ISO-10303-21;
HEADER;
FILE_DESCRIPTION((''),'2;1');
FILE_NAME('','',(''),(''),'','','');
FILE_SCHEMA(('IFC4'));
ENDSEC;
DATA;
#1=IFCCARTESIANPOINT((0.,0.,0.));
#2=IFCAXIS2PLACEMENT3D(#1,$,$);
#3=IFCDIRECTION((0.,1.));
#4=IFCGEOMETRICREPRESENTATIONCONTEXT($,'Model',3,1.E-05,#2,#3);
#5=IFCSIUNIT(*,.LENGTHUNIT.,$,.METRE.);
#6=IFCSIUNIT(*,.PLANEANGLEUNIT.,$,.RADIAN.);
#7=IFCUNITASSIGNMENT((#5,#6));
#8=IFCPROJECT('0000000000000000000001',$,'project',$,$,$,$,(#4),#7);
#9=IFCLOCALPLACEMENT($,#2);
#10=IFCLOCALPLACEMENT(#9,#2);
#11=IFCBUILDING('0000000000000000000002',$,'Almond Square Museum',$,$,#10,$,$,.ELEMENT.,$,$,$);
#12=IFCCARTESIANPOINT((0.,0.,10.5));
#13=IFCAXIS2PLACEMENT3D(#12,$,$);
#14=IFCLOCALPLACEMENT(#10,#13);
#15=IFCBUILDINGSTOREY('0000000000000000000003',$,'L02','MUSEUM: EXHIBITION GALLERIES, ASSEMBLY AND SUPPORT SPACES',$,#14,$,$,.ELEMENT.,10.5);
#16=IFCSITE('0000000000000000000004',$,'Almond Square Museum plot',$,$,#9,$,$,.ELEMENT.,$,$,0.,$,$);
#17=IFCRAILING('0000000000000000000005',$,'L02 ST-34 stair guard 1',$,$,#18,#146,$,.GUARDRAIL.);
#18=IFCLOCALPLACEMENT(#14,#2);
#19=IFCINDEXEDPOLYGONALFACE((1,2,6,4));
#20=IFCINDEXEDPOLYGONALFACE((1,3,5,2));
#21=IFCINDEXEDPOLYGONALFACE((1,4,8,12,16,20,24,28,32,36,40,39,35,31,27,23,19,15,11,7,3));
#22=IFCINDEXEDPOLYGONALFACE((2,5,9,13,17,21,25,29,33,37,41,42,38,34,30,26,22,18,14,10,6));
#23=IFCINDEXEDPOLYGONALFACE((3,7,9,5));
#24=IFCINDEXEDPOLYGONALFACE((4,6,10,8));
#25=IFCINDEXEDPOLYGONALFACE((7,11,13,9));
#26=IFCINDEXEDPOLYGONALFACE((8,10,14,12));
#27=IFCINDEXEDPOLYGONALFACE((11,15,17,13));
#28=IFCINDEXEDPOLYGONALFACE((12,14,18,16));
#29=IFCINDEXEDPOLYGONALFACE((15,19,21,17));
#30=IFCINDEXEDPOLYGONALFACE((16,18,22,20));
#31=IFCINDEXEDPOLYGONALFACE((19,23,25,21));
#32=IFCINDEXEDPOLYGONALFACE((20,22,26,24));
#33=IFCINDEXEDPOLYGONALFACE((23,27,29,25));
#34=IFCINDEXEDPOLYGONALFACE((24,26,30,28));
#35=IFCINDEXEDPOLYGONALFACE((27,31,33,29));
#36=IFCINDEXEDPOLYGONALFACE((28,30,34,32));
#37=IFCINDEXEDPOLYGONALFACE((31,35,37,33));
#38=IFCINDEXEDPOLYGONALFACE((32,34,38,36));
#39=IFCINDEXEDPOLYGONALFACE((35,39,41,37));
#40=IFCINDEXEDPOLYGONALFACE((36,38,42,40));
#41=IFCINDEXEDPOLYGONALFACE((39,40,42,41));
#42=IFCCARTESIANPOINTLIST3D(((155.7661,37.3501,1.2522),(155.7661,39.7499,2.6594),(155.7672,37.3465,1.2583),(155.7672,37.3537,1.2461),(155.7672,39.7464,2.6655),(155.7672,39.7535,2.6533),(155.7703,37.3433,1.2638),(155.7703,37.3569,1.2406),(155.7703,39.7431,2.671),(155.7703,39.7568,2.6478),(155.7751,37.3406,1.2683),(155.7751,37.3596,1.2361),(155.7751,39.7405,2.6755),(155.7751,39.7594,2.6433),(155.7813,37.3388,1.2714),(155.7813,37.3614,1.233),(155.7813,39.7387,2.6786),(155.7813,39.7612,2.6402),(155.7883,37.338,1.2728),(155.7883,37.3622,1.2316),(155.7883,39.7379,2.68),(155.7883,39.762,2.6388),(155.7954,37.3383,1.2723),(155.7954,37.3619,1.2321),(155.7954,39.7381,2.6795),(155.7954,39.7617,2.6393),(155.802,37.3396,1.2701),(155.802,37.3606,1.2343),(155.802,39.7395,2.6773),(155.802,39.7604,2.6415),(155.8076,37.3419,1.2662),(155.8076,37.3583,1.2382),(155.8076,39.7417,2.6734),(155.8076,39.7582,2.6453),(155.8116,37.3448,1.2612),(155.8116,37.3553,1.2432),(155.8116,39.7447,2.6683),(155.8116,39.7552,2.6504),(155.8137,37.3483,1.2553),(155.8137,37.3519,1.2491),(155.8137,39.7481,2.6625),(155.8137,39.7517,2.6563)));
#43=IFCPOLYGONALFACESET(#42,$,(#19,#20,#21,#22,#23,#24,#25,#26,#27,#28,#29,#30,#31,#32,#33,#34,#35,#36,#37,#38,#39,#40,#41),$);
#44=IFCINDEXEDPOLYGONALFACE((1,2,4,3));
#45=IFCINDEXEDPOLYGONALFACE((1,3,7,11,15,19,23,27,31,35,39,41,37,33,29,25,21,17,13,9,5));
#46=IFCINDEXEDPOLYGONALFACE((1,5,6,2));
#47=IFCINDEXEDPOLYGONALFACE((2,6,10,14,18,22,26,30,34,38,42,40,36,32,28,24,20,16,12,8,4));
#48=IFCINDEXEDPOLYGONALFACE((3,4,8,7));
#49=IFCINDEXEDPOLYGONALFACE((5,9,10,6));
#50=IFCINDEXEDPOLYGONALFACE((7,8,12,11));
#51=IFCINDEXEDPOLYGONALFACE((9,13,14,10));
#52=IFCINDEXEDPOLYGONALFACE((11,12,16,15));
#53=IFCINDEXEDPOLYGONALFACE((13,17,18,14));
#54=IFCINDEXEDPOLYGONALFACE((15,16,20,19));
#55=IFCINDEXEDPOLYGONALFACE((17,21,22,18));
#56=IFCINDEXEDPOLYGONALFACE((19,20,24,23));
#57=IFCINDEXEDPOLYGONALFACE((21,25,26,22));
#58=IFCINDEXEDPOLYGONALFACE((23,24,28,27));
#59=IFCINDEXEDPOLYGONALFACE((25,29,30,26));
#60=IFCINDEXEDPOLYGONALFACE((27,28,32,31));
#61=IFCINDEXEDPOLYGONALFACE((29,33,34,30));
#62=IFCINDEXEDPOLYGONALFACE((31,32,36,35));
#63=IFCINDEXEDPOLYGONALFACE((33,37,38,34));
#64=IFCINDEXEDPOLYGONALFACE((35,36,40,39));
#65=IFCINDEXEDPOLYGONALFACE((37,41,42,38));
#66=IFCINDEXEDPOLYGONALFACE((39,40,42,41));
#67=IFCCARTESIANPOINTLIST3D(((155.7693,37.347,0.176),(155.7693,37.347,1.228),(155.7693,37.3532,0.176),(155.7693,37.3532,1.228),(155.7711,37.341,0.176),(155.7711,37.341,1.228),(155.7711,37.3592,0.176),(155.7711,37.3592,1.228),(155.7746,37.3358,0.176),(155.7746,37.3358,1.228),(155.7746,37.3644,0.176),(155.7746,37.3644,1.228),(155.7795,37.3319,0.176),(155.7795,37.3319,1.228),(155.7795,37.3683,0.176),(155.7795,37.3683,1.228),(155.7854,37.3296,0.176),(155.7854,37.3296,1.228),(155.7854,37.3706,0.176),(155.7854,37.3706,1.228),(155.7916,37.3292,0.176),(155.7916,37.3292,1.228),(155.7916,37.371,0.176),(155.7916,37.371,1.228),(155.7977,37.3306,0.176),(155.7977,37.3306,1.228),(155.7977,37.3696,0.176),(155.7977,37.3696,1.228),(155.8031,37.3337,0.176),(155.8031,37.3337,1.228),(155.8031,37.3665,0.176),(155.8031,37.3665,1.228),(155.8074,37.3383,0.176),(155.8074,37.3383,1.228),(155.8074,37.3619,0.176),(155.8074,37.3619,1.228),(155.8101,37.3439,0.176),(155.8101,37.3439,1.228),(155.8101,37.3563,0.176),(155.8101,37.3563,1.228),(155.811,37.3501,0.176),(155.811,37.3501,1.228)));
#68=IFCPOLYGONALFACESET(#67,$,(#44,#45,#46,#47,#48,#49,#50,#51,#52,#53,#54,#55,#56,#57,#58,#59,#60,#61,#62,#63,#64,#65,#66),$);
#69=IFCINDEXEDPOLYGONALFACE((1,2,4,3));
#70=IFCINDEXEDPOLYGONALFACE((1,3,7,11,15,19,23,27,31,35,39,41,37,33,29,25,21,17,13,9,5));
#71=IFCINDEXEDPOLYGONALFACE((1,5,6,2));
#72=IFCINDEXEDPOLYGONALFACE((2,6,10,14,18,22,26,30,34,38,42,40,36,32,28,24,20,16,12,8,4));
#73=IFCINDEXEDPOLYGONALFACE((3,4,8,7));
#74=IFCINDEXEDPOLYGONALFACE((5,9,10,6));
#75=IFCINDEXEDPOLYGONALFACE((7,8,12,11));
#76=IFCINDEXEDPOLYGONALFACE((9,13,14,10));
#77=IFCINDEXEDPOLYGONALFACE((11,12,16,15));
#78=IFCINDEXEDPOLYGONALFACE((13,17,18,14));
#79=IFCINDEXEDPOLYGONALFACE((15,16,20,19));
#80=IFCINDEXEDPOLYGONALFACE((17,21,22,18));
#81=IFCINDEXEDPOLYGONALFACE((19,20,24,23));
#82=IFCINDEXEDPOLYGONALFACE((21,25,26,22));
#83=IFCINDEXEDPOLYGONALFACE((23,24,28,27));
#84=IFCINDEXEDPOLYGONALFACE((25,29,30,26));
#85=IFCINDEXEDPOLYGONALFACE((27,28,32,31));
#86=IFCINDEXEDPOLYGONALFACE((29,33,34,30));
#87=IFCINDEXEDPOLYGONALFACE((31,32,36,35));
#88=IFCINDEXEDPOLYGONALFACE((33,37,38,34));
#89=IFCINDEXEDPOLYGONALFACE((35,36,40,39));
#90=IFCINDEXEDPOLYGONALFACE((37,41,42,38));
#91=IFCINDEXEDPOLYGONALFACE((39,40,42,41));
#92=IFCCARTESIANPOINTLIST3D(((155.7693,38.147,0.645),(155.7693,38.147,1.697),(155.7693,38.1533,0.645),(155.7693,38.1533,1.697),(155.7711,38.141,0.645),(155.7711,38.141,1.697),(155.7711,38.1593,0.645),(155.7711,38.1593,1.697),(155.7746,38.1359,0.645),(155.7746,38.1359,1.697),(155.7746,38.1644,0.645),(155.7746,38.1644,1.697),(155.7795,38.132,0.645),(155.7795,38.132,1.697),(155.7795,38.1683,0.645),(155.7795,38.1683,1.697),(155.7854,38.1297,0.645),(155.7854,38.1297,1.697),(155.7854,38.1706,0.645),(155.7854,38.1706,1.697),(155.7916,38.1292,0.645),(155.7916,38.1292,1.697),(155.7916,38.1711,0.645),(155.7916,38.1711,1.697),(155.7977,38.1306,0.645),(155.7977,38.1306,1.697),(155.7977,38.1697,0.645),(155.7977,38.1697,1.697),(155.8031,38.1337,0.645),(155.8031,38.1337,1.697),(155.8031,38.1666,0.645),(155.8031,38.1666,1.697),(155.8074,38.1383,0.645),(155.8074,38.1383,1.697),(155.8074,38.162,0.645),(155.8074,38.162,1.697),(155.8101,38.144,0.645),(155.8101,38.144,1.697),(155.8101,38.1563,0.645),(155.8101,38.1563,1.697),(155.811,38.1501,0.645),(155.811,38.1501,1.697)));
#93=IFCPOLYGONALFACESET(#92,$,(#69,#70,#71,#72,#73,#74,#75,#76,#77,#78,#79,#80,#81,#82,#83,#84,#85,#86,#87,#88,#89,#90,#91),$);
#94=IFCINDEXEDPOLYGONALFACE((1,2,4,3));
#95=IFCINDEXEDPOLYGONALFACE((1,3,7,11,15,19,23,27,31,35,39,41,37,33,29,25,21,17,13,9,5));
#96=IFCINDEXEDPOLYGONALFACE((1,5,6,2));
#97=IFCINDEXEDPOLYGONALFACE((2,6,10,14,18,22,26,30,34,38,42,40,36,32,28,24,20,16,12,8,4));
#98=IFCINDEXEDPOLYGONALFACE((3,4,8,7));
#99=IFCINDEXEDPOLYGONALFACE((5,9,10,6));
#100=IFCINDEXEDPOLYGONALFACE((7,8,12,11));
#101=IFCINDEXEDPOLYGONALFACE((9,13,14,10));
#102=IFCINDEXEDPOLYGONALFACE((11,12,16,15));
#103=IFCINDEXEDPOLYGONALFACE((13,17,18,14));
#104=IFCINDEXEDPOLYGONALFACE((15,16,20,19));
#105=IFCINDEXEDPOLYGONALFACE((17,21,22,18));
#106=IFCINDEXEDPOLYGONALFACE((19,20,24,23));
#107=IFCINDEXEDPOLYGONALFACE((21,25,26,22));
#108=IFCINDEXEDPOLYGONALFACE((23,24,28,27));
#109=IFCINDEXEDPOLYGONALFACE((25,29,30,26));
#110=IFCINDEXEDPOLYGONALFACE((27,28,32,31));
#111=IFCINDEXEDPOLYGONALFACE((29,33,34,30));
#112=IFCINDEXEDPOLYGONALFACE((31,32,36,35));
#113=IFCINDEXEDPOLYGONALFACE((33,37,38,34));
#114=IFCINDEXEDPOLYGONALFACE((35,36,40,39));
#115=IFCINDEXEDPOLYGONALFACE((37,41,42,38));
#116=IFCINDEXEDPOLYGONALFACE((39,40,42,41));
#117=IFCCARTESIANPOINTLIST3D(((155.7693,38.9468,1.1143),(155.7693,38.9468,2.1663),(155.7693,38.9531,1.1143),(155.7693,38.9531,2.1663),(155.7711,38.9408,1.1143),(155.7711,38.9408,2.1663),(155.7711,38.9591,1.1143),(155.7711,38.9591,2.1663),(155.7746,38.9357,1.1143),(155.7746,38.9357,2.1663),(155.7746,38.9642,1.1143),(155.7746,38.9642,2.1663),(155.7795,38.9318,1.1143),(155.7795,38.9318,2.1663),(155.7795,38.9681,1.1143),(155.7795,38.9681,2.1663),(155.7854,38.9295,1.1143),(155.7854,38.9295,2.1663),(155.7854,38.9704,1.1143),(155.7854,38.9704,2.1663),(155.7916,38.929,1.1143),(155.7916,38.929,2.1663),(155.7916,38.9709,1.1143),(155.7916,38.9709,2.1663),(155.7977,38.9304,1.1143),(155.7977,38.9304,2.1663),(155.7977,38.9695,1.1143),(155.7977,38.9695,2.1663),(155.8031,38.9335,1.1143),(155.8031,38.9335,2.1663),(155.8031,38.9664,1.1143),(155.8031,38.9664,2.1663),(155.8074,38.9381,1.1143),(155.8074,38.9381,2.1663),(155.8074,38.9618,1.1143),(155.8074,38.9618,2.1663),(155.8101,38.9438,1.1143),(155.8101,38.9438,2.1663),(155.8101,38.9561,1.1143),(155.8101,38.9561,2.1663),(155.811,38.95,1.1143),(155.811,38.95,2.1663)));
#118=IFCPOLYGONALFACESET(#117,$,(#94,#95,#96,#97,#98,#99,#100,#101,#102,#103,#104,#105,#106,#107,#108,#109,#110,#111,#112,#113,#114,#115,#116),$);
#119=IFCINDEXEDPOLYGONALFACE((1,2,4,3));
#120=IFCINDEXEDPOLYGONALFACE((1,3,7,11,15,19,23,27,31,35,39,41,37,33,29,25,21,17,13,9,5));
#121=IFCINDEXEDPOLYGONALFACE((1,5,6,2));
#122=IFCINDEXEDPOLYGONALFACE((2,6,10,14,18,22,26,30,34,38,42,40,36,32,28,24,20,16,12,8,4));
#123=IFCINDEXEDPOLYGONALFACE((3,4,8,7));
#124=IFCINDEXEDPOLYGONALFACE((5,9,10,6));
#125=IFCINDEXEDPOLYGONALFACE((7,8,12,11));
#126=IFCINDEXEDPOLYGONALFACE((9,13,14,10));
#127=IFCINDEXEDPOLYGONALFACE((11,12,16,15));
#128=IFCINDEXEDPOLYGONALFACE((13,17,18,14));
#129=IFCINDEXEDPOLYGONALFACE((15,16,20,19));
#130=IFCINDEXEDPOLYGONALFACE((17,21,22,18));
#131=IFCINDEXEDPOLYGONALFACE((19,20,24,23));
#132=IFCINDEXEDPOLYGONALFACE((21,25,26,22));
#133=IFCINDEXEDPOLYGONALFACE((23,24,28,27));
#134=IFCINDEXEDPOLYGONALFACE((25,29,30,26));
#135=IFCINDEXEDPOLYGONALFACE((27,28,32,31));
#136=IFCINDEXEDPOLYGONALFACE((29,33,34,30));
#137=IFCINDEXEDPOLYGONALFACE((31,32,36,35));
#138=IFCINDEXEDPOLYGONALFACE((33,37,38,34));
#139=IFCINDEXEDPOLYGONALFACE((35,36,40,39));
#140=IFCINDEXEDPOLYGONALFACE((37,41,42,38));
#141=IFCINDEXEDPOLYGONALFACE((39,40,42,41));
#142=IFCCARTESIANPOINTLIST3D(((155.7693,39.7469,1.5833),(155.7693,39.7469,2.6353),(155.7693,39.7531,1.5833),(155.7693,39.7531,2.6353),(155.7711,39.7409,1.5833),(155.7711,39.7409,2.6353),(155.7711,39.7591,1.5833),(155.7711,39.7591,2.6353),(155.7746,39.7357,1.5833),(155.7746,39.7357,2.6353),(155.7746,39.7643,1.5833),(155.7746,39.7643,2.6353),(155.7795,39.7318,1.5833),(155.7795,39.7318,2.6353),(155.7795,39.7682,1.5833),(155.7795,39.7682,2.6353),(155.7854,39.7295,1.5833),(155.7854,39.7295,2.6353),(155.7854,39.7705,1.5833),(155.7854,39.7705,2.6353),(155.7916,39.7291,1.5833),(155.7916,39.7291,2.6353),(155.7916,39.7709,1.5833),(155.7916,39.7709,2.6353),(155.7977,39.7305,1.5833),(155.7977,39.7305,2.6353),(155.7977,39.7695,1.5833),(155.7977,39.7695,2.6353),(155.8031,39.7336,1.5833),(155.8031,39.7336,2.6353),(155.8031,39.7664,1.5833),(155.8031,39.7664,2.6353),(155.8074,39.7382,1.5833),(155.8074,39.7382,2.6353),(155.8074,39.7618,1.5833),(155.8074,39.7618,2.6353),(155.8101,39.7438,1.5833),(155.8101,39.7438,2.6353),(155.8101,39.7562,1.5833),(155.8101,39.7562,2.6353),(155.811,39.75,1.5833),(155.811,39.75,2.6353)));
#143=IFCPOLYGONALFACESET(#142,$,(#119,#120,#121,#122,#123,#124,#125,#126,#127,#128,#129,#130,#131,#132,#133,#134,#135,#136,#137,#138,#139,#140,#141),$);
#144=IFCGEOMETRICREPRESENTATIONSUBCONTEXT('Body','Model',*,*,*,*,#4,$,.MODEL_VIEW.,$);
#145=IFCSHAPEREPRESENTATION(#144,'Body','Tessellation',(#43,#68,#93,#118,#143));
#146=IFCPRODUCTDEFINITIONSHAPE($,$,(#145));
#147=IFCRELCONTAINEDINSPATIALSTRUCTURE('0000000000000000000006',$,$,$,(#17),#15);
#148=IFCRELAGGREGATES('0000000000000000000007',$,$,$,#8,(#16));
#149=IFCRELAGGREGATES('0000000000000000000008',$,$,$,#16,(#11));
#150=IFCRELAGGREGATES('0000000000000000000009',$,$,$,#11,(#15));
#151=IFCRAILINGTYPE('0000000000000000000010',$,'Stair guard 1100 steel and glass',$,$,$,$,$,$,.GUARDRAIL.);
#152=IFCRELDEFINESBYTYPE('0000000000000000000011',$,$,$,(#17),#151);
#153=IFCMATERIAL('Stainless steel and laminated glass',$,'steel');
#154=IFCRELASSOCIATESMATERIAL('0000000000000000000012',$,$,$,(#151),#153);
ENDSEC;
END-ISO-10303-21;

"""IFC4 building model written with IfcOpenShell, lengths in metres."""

from ifc_helpers import new_model, si_unit, direction, frame, origin, origin_2d, place, context, subcontext, project, spatial, circle, extrude, material, type_object, element, save


model = new_model("IFC4")

# Units and contexts
model_context = context("Model", 3, precision=1e-05, world=origin(), true_north=direction((0.0, 1.0)))
body_context = subcontext(model_context, "Body", "Model", "MODEL_VIEW")
ifc_project = project(units=[si_unit("LENGTHUNIT", "METRE"), si_unit("PLANEANGLEUNIT", "RADIAN")], contexts=[model_context])

# Site, building, storey
site_placement = place(None, origin())
site = spatial("IfcSite", under=ifc_project, at=site_placement, Name="Almond Square Museum plot", CompositionType="ELEMENT", RefElevation=0.0)
building_placement = place(site_placement, origin())
building = spatial("IfcBuilding", under=site, at=building_placement, Name="Almond Square Museum", CompositionType="ELEMENT")
storey_placement = place(building_placement, frame((0.0, 0.0, 10.5)))
storey = spatial("IfcBuildingStorey", under=building, at=storey_placement, Name="L02", Description="MUSEUM: EXHIBITION GALLERIES, ASSEMBLY AND SUPPORT SPACES", CompositionType="ELEMENT", Elevation=10.5)

# Railing
ifc_material_1 = material(Name="Stainless steel and laminated glass", Category="steel")
railing_type_1 = type_object("IfcRailingType", Name="Stair guard 1100 steel and glass", PredefinedType="GUARDRAIL", material=ifc_material_1)
railing_1_placement = place(storey_placement, frame((155.79, 37.3501, 0.176)))
element("IfcRailing", 1, at=railing_1_placement, inside=storey, type_object=railing_type_1, Name="L02 ST-34 stair guard 1", PredefinedType="GUARDRAIL", context=body_context, shape_type="SweptSolid", body=[
    extrude(circle(Radius=0.0239, at=origin_2d()), frame((0.0, 0.0, 1.0762), z_axis=(0.0, 0.862637, 0.505823), x_axis=(-1.0, 0.0, 0.0)), (0.0, 0.0, 1.0), 2.782),
    extrude(circle(Radius=0.021, at=origin_2d()), origin(), (0.0, 0.0, 1.0), 1.052),
    extrude(circle(Radius=0.021, at=origin_2d()), frame((0.0, 0.8, 0.469)), (0.0, 0.0, 1.0), 1.052),
    extrude(circle(Radius=0.021, at=origin_2d()), frame((0.0, 1.5999, 0.9382)), (0.0, 0.0, 1.0), 1.052),
    extrude(circle(Radius=0.021, at=origin_2d()), frame((0.0, 2.3999, 1.4072)), (0.0, 0.0, 1.0), 1.052),
])

save(model, "model.ifc")
